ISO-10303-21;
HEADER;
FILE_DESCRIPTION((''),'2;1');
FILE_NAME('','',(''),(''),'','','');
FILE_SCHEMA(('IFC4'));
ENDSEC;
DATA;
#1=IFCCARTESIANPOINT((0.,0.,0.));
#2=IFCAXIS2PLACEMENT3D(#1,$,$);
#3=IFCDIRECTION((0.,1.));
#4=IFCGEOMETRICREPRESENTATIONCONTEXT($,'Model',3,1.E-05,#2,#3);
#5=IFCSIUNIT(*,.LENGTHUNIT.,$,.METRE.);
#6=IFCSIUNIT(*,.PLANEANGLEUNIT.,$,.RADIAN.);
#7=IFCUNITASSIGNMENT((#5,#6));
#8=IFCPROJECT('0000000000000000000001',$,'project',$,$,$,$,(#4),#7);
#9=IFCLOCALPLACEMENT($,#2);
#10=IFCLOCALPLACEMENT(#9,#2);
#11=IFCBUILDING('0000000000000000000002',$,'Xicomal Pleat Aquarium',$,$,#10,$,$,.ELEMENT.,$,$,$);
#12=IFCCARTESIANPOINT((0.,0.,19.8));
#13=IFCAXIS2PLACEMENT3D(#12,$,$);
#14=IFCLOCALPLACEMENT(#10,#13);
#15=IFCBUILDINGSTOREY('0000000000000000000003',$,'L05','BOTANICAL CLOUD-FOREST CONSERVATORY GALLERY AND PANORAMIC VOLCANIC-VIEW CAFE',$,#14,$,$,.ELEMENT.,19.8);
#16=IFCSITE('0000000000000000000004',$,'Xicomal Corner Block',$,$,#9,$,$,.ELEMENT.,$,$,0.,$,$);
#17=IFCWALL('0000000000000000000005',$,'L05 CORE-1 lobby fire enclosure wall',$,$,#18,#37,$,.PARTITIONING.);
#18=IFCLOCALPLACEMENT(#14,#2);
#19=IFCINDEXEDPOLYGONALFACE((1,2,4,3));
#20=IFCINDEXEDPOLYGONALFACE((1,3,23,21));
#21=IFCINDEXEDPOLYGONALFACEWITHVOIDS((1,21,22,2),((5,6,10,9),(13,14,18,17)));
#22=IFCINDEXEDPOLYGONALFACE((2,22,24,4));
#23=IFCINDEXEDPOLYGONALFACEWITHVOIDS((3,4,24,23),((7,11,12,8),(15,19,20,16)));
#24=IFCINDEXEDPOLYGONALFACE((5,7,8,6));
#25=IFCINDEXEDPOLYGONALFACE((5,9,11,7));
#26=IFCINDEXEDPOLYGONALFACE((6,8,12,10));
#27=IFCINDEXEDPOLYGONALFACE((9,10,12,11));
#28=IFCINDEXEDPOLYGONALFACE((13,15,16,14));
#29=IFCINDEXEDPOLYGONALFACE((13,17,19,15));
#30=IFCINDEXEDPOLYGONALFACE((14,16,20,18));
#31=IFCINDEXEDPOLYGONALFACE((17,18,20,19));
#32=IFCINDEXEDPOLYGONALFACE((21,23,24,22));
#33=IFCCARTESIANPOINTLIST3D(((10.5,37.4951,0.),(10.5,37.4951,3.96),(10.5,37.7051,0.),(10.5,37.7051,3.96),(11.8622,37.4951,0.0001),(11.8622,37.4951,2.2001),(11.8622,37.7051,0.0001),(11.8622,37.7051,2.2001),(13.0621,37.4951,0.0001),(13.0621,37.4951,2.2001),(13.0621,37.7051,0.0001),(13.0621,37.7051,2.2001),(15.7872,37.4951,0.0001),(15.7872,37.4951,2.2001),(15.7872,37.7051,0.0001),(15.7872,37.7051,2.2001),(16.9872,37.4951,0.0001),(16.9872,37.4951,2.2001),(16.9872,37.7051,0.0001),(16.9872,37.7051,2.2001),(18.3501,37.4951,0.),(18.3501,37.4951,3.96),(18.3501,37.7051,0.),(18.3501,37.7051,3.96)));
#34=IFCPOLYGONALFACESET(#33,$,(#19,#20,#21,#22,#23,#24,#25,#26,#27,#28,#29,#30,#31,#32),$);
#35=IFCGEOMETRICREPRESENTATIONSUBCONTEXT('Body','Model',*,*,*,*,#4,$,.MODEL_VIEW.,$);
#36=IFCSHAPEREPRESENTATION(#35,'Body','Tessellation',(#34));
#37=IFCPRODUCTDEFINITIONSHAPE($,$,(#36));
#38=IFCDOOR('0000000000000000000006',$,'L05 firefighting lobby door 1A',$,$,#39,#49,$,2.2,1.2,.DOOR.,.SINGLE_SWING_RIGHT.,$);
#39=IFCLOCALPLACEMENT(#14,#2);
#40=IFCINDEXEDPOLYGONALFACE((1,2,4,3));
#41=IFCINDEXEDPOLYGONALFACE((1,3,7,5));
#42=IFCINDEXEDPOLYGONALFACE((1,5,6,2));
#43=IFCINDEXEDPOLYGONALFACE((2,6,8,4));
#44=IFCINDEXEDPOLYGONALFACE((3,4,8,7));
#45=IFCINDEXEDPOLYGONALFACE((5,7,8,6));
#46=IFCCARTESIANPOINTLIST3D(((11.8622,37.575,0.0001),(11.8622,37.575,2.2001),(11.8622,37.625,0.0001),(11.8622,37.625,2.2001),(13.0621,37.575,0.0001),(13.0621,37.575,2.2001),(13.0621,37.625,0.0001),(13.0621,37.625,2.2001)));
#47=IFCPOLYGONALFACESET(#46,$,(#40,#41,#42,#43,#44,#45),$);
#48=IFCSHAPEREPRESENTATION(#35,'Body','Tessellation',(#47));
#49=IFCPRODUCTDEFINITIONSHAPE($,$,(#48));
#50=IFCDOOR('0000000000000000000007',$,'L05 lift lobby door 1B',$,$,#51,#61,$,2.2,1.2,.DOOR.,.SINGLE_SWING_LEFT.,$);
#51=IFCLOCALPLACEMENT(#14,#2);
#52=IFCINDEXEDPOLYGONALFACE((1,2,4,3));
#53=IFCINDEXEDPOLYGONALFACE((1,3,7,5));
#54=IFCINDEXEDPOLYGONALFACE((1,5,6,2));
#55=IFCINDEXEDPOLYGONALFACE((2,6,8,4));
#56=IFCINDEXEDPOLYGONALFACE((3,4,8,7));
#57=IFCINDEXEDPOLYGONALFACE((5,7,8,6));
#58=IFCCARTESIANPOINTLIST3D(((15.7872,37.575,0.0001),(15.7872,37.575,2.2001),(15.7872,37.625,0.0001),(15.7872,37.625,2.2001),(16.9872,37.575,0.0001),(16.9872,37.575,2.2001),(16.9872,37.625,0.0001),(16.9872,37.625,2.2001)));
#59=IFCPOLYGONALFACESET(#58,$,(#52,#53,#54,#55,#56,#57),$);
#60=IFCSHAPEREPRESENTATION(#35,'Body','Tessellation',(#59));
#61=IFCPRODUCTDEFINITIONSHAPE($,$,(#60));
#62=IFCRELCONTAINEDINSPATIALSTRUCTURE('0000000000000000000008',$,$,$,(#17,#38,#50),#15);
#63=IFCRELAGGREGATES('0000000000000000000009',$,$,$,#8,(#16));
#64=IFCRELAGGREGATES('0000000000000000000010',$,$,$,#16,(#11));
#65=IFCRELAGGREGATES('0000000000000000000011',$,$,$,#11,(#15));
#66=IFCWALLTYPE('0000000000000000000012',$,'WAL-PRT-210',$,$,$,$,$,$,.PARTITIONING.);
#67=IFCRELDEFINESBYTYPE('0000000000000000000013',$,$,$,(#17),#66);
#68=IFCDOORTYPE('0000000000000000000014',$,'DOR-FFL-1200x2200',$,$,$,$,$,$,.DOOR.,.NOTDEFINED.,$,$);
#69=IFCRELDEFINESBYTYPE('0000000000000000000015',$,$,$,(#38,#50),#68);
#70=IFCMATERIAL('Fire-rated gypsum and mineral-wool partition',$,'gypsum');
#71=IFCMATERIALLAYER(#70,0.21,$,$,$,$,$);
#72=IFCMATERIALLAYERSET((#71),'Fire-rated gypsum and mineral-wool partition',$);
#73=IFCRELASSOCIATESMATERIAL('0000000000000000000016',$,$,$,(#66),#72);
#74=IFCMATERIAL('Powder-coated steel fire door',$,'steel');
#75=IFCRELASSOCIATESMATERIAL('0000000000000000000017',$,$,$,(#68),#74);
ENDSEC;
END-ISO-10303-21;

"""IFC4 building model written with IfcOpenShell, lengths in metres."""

from ifc_helpers import new_model, si_unit, direction, frame, frame_2d, origin, place, context, subcontext, project, spatial, rectangle, extrude, material, layer, layer_set, type_object, element, fill, save


model = new_model("IFC4")

# Units and contexts
model_context = context("Model", 3, precision=1e-05, world=origin(), true_north=direction((0.0, 1.0)))
body_context = subcontext(model_context, "Body", "Model", "MODEL_VIEW")
ifc_project = project(units=[si_unit("LENGTHUNIT", "METRE"), si_unit("PLANEANGLEUNIT", "RADIAN")], contexts=[model_context])

# Site, building, storey
site_placement = place(None, origin())
site = spatial("IfcSite", under=ifc_project, at=site_placement, Name="Xicomal Corner Block", CompositionType="ELEMENT", RefElevation=0.0)
building_placement = place(site_placement, origin())
building = spatial("IfcBuilding", under=site, at=building_placement, Name="Xicomal Pleat Aquarium", CompositionType="ELEMENT")
storey_placement = place(building_placement, frame((0.0, 0.0, 19.8)))
storey = spatial("IfcBuildingStorey", under=building, at=storey_placement, Name="L05", Description="BOTANICAL CLOUD-FOREST CONSERVATORY GALLERY AND PANORAMIC VOLCANIC-VIEW CAFE", CompositionType="ELEMENT", Elevation=19.8)

# Wall, openings, doors
ifc_material_1 = material(Name="Fire-rated gypsum and mineral-wool partition", Category="gypsum")
ifc_layer_1 = layer(ifc_material_1, 0.21)
ifc_layer_set_1 = layer_set([ifc_layer_1], Name="Fire-rated gypsum and mineral-wool partition")
wall_type_1 = type_object("IfcWallType", Name="WAL-PRT-210", PredefinedType="PARTITIONING", material=ifc_layer_set_1)
wall_1_placement = place(storey_placement, frame((10.5, 37.6001, 0.0), z_axis=(0.0, 0.0, 1.0), x_axis=(1.0, 0.0, 0.0)))
wall_1 = element("IfcWall", 1, at=wall_1_placement, inside=storey, type_object=wall_type_1, Name="L05 CORE-1 lobby fire enclosure wall", PredefinedType="PARTITIONING", context=body_context, shape_type="SweptSolid", body=[
    extrude(rectangle(XDim=7.8501, YDim=0.21, at=frame_2d((3.925, 0.0))), origin(), (0.0, 0.0, 1.0), 3.96),
])
opening_1_placement = place(wall_1_placement, frame((1.3621, 0.0, 0.0)))
opening_1 = element("IfcOpeningElement", 2, at=opening_1_placement, cuts=wall_1, PredefinedType="OPENING", context=body_context, shape_type="SweptSolid", body=[
    extrude(rectangle(XDim=1.2, YDim=2.2, at=frame_2d((0.6001, 1.1001))), frame((0.0, 0.115, 0.0), z_axis=(0.0, -1.0, 0.0), x_axis=(1.0, 0.0, 0.0)), (0.0, 0.0, 1.0), 0.23),
])
opening_2_placement = place(wall_1_placement, frame((5.2871, 0.0, 0.0)))
opening_2 = element("IfcOpeningElement", 3, at=opening_2_placement, cuts=wall_1, PredefinedType="OPENING", context=body_context, shape_type="SweptSolid", body=[
    extrude(rectangle(XDim=1.2, YDim=2.2, at=frame_2d((0.6001, 1.1001))), frame((0.0, 0.115, 0.0), z_axis=(0.0, -1.0, 0.0), x_axis=(1.0, 0.0, 0.0)), (0.0, 0.0, 1.0), 0.23),
])
ifc_material_2 = material(Name="Powder-coated steel fire door", Category="steel")
door_type_1 = type_object("IfcDoorType", Name="DOR-FFL-1200x2200", OperationType="NOTDEFINED", PredefinedType="DOOR", material=ifc_material_2)
door_1_placement = place(opening_1_placement, origin())
door_1 = element("IfcDoor", 4, at=door_1_placement, inside=storey, type_object=door_type_1, Name="L05 firefighting lobby door 1A", OperationType="SINGLE_SWING_RIGHT", OverallHeight=2.2, OverallWidth=1.2, PredefinedType="DOOR", context=body_context, shape_type="SweptSolid", body=[
    extrude(rectangle(XDim=1.2, YDim=2.2, at=frame_2d((0.6001, 1.1001))), frame((0.0, 0.0249, 0.0), z_axis=(0.0, -1.0, 0.0), x_axis=(1.0, 0.0, 0.0)), (0.0, 0.0, 1.0), 0.05),
])
fill(opening_1, door_1)
door_2_placement = place(opening_2_placement, origin())
door_2 = element("IfcDoor", 5, at=door_2_placement, inside=storey, type_object=door_type_1, Name="L05 lift lobby door 1B", OperationType="SINGLE_SWING_LEFT", OverallHeight=2.2, OverallWidth=1.2, PredefinedType="DOOR", context=body_context, shape_type="SweptSolid", body=[
    extrude(rectangle(XDim=1.2, YDim=2.2, at=frame_2d((0.6001, 1.1001))), frame((0.0, 0.0249, 0.0), z_axis=(0.0, -1.0, 0.0), x_axis=(1.0, 0.0, 0.0)), (0.0, 0.0, 1.0), 0.05),
])
fill(opening_2, door_2)

save(model, "model.ifc")
